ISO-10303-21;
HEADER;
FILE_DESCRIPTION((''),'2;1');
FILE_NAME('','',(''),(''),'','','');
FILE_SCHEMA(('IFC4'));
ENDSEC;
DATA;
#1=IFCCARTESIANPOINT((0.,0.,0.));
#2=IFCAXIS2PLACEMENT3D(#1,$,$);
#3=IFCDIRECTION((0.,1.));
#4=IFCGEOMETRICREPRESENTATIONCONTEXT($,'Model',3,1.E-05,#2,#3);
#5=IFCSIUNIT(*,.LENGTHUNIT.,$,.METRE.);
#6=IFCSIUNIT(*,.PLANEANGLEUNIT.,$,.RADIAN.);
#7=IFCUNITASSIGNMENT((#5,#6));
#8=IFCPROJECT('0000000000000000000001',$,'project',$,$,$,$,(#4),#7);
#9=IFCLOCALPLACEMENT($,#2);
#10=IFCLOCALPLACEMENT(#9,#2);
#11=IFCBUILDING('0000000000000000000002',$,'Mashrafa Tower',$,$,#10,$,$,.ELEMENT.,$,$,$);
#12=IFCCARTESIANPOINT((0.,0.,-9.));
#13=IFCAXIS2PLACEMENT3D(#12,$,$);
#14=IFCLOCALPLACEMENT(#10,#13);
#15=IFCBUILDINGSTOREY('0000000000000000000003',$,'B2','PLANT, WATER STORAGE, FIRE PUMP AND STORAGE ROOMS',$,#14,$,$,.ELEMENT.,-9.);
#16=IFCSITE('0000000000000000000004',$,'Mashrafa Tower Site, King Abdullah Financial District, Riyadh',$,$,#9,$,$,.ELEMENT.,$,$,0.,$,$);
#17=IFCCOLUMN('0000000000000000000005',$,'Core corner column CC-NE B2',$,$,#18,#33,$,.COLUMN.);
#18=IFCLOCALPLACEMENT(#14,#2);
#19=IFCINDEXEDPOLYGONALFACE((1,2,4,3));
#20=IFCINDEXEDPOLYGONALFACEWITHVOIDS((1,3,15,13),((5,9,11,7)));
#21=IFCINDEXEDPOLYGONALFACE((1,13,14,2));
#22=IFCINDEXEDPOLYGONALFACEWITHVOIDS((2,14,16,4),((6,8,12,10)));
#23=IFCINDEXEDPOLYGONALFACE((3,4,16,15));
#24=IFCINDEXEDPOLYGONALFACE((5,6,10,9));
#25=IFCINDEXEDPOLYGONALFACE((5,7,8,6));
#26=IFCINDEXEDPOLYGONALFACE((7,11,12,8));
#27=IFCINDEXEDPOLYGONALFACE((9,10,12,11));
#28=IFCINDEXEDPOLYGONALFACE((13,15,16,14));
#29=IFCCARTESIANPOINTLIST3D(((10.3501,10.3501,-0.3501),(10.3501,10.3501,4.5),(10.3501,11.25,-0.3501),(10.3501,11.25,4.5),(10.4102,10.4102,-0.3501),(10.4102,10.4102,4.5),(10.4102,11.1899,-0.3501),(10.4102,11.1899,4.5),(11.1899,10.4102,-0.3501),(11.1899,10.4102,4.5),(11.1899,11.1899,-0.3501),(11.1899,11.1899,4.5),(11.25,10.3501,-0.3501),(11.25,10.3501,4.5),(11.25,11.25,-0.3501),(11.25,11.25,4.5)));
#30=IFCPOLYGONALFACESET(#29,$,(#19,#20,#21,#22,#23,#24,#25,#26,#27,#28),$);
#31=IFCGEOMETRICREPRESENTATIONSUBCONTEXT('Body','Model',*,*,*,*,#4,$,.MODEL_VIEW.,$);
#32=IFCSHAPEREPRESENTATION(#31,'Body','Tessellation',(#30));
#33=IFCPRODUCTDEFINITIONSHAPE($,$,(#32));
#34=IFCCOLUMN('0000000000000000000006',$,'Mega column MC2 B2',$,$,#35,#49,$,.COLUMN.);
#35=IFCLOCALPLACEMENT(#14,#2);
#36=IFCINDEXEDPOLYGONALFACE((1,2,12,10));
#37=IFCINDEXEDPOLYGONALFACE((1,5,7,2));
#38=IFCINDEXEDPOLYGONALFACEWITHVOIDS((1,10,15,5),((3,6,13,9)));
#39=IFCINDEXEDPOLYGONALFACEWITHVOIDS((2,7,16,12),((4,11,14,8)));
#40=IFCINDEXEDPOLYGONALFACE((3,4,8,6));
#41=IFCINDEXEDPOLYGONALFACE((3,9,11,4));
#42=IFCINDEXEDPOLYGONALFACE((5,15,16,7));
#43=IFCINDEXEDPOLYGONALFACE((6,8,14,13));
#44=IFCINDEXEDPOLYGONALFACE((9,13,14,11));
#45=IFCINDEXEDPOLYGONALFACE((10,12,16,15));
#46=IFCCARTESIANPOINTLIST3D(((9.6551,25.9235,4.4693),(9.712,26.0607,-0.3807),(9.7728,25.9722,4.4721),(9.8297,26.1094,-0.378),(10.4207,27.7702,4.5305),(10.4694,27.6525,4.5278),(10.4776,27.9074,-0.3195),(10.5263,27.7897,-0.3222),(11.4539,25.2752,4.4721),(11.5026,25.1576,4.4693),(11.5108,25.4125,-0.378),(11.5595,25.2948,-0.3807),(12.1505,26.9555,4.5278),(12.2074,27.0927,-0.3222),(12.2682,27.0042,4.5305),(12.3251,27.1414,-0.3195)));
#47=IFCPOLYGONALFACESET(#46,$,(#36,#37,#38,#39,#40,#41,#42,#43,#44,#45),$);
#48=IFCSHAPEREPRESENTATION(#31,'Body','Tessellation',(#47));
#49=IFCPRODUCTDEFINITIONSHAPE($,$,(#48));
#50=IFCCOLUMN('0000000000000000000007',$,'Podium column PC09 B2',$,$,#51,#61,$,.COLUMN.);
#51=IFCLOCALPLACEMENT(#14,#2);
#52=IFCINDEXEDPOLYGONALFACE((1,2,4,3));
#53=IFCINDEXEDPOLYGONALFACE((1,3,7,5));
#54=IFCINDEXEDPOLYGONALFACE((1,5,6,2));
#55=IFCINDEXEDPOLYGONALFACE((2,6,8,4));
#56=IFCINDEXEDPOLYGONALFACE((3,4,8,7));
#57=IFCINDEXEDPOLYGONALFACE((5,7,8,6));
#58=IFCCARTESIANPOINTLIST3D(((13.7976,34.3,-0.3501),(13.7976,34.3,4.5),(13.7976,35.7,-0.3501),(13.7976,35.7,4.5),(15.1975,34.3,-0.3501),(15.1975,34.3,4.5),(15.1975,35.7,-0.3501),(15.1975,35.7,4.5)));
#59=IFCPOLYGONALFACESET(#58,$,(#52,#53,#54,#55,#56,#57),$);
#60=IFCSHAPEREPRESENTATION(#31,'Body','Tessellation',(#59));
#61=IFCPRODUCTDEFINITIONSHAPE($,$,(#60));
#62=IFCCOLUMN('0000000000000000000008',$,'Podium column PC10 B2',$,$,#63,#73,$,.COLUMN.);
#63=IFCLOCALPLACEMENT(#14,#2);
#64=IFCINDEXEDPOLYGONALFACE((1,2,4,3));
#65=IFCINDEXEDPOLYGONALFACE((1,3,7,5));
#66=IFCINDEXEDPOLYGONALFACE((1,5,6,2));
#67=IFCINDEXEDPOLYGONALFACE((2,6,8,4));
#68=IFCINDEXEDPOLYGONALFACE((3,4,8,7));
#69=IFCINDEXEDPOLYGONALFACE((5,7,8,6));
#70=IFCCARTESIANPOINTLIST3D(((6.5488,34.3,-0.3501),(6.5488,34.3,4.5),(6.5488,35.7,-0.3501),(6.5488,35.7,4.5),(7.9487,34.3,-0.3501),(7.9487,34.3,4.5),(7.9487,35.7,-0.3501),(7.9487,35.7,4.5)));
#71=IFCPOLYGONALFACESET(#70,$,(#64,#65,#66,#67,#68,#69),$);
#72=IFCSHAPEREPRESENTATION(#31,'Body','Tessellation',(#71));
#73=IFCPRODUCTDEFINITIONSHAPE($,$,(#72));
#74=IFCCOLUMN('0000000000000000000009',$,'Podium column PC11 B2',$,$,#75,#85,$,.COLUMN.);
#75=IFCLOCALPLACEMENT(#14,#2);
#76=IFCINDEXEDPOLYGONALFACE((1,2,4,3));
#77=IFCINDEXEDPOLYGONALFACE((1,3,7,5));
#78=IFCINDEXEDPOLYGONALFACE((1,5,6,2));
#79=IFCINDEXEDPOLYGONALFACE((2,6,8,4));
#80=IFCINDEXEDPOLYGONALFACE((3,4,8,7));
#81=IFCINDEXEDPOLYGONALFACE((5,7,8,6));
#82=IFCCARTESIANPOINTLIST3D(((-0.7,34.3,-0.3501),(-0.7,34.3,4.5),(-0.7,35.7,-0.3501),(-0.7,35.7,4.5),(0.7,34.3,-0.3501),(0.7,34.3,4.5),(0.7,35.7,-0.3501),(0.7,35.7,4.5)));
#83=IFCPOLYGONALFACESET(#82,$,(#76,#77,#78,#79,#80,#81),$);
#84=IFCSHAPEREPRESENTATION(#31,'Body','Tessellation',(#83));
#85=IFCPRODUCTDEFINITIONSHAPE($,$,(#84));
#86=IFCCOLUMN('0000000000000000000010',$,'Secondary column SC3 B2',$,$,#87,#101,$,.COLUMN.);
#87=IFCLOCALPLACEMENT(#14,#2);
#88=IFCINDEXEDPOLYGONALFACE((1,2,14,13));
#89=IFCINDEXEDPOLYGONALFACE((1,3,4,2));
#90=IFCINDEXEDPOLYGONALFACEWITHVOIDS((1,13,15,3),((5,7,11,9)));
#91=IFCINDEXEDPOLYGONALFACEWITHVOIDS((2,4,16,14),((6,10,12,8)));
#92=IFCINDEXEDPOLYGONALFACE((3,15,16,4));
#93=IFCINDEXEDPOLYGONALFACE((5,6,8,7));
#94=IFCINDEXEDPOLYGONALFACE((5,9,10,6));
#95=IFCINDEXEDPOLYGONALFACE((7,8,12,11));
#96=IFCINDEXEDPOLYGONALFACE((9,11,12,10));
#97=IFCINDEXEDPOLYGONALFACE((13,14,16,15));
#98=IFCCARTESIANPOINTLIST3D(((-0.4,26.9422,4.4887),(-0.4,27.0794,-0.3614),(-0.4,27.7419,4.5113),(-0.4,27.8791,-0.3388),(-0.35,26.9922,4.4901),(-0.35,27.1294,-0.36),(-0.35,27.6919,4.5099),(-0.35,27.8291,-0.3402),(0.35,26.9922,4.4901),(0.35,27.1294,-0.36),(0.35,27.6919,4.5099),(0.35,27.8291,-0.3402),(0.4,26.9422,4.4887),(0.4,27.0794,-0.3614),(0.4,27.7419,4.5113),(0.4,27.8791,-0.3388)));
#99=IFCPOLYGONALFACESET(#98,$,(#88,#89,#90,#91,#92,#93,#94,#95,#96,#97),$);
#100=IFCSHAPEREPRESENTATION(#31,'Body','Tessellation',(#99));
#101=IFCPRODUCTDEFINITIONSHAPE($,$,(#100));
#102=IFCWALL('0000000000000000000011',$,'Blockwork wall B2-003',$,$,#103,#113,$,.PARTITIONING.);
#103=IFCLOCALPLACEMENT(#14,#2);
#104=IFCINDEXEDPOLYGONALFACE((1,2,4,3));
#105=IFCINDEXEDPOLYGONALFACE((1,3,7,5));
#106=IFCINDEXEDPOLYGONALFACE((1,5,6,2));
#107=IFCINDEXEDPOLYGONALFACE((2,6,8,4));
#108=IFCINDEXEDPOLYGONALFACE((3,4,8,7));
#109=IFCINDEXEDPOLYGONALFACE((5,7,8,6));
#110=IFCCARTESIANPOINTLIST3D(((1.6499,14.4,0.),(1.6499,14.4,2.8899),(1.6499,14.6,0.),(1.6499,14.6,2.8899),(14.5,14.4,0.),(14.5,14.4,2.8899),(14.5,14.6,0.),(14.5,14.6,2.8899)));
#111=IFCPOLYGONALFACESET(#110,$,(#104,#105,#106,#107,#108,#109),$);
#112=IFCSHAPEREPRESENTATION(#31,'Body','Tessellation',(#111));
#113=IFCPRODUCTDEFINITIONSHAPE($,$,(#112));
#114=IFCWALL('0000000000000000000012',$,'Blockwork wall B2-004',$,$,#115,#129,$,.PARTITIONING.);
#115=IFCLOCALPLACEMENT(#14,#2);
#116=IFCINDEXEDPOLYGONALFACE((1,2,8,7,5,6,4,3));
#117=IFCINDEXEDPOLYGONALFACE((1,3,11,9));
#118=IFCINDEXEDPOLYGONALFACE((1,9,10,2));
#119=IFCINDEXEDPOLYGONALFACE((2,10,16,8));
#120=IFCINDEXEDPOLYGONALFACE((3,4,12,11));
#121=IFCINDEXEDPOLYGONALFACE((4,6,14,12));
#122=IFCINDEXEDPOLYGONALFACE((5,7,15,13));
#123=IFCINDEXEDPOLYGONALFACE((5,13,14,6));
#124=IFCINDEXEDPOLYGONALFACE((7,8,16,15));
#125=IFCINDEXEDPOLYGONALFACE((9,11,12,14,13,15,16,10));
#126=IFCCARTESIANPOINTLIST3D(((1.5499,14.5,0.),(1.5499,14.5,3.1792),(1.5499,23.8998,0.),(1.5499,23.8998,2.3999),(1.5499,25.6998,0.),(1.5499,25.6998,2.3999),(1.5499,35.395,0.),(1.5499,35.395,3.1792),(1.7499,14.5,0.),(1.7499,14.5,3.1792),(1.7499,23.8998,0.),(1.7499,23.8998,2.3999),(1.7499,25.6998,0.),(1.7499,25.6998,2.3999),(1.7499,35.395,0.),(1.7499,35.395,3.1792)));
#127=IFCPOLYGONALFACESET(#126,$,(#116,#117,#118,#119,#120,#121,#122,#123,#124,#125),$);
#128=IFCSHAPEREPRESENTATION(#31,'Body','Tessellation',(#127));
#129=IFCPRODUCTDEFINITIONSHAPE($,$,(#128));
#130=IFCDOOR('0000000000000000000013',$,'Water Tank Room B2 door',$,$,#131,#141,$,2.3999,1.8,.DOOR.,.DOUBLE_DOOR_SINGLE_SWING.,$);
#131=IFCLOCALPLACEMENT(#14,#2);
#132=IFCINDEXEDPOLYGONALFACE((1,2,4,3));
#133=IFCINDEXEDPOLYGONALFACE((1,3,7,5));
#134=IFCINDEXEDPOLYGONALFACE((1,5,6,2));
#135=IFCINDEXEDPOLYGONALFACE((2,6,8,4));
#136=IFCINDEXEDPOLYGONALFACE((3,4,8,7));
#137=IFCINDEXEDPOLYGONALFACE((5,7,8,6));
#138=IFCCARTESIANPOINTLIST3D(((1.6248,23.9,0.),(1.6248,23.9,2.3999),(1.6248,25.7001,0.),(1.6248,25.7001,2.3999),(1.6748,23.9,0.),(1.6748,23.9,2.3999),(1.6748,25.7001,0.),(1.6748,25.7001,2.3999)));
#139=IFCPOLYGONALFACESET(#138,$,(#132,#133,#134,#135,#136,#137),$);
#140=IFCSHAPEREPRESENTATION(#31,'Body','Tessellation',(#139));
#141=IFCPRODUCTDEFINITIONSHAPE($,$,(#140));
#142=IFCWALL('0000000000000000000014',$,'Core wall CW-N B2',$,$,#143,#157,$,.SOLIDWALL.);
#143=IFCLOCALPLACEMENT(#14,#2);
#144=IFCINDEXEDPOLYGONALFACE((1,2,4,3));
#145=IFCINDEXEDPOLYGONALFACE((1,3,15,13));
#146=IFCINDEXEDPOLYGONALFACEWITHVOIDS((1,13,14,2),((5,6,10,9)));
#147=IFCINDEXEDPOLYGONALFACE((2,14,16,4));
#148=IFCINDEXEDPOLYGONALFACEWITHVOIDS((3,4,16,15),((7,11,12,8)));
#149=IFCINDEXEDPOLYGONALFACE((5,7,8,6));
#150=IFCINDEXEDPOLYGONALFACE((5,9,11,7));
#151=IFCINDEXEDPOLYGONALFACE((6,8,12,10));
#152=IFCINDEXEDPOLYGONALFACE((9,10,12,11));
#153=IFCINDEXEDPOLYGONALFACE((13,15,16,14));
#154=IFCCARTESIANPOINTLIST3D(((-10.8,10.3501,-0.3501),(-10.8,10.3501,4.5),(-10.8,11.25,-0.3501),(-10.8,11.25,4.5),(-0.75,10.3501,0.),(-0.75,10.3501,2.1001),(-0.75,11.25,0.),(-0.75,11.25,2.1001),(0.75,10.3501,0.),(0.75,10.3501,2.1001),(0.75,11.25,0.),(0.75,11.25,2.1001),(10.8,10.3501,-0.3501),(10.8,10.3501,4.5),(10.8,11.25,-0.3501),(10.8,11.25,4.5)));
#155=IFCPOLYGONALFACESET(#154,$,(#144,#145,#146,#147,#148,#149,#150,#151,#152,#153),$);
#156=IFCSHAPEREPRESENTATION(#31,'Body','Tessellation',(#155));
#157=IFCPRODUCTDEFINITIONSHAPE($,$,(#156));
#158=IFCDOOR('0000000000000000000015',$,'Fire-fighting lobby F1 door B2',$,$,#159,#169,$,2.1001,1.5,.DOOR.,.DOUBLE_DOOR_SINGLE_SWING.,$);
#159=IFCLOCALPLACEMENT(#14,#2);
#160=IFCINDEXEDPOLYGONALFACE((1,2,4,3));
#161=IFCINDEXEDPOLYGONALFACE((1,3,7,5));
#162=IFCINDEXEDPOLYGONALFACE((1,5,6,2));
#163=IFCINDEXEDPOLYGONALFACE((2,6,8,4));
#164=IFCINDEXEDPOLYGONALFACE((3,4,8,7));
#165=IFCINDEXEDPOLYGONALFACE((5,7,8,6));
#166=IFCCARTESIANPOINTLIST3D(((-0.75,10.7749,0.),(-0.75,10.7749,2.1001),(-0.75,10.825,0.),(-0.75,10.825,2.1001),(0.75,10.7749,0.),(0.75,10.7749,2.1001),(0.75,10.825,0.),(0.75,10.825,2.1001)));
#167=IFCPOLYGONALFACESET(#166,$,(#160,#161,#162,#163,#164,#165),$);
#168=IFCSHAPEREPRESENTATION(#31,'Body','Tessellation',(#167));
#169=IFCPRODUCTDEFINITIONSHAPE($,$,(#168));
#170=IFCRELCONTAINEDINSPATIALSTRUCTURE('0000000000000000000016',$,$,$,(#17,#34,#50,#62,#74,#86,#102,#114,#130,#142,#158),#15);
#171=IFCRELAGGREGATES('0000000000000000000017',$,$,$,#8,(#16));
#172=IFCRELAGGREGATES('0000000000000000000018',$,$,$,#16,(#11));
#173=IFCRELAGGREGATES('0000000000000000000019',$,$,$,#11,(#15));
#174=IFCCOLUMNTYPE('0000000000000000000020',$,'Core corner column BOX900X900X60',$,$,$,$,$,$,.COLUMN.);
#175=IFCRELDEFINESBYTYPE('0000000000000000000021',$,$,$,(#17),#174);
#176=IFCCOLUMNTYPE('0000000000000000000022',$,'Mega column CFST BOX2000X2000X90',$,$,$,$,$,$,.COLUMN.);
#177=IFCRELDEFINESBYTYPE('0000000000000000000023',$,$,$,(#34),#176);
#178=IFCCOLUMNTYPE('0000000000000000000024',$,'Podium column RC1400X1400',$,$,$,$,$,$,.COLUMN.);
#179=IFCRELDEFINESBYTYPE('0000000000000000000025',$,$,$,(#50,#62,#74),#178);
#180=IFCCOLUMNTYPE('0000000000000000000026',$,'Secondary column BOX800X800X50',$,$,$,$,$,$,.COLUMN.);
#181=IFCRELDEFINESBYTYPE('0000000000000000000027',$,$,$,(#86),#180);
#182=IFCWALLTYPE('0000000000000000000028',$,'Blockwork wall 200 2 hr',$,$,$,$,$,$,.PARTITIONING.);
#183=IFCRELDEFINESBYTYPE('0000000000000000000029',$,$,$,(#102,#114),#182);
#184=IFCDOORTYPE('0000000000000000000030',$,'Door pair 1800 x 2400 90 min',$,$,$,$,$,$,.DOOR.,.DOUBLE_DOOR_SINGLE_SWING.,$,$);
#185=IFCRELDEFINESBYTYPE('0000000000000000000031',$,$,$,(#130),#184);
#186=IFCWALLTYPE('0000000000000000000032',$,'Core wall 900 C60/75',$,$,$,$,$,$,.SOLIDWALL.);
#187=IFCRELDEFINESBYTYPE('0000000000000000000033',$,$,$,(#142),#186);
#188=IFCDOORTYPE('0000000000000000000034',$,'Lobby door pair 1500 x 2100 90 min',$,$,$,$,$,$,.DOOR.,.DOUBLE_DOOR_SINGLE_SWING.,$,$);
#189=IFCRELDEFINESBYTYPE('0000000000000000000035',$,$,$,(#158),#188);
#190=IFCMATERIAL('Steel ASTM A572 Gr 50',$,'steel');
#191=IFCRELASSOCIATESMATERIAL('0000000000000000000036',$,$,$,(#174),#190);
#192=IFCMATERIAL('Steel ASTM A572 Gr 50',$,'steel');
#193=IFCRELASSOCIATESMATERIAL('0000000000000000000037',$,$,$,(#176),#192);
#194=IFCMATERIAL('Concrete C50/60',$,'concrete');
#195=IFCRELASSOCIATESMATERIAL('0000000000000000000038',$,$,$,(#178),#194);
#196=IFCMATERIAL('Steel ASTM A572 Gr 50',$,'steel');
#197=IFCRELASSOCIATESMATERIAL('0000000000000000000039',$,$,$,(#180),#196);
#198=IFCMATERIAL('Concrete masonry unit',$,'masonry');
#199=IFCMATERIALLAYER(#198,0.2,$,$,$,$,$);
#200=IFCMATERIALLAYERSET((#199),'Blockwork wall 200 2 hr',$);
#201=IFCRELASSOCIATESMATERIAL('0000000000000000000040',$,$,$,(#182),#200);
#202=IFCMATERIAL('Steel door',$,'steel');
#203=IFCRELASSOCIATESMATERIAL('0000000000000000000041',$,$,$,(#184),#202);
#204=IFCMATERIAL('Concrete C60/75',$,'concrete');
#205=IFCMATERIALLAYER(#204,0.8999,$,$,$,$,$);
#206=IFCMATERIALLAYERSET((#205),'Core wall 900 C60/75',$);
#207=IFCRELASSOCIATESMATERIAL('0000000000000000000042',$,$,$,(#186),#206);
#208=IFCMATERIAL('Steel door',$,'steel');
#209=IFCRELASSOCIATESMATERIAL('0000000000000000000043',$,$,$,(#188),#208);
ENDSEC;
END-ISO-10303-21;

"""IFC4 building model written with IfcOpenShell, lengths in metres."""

from ifc_helpers import new_model, si_unit, direction, frame, frame_2d, origin, origin_2d, place, context, subcontext, project, spatial, rectangle, hollow_rectangle, extrude, material, layer, layer_set, material_profile, profile_set, type_object, element, fill, save


model = new_model("IFC4")

# Units and contexts
model_context = context("Model", 3, precision=1e-05, world=origin(), true_north=direction((0.0, 1.0)))
body_context = subcontext(model_context, "Body", "Model", "MODEL_VIEW")
ifc_project = project(units=[si_unit("LENGTHUNIT", "METRE"), si_unit("PLANEANGLEUNIT", "RADIAN")], contexts=[model_context])

# Site, building, storey
site_placement = place(None, origin())
site = spatial("IfcSite", under=ifc_project, at=site_placement, Name="Mashrafa Tower Site, King Abdullah Financial District, Riyadh", CompositionType="ELEMENT", RefElevation=0.0)
building_placement = place(site_placement, origin())
building = spatial("IfcBuilding", under=site, at=building_placement, Name="Mashrafa Tower", CompositionType="ELEMENT")
storey_placement = place(building_placement, frame((0.0, 0.0, -9.0)))
storey = spatial("IfcBuildingStorey", under=building, at=storey_placement, Name="B2", Description="PLANT, WATER STORAGE, FIRE PUMP AND STORAGE ROOMS", CompositionType="ELEMENT", Elevation=-9.0)

# Columns
ifc_material_1 = material(Name="Steel ASTM A572 Gr 50", Category="steel")
ifc_material_profile_1 = material_profile(ifc_material_1, hollow_rectangle(XDim=0.8999, YDim=0.8999, WallThickness=0.0601, at=origin_2d()), Name="BOX900X900X60")
ifc_profile_set_1 = profile_set([ifc_material_profile_1], Name="Steel ASTM A572 Gr 50")
column_type_1 = type_object("IfcColumnType", Name="Core corner column BOX900X900X60", PredefinedType="COLUMN", material=ifc_profile_set_1)
column_1_placement = place(storey_placement, frame((10.8, 10.8, -0.3501), z_axis=(0.0, 0.0, 1.0), x_axis=(1.0, 0.0, 0.0)))
element("IfcColumn", 1, at=column_1_placement, inside=storey, type_object=column_type_1, Name="Core corner column CC-NE B2", PredefinedType="COLUMN", context=body_context, shape_type="SweptSolid", body=[
    extrude(hollow_rectangle(XDim=0.8999, YDim=0.8999, WallThickness=0.0601, at=origin_2d()), origin(), (0.0, 0.0, 1.0), 4.8501),
])
ifc_material_2 = material(Name="Steel ASTM A572 Gr 50", Category="steel")
ifc_material_profile_2 = material_profile(ifc_material_2, hollow_rectangle(XDim=2.0, YDim=2.0, WallThickness=0.0901, at=origin_2d()), Name="BOX2000X2000X90")
ifc_profile_set_2 = profile_set([ifc_material_profile_2], Name="Steel ASTM A572 Gr 50")
column_type_2 = type_object("IfcColumnType", Name="Mega column CFST BOX2000X2000X90", PredefinedType="COLUMN", material=ifc_profile_set_2)
column_2_placement = place(storey_placement, frame((11.0186, 26.6011, -0.3501), z_axis=(-0.011723, -0.028276, 0.999531), x_axis=(0.923756, -0.382981, 0.0)))
element("IfcColumn", 2, at=column_2_placement, inside=storey, type_object=column_type_2, Name="Mega column MC2 B2", PredefinedType="COLUMN", context=body_context, shape_type="SweptSolid", body=[
    extrude(hollow_rectangle(XDim=2.0, YDim=2.0, WallThickness=0.0901, at=origin_2d()), origin(), (0.0, 0.0, 1.0), 4.8523),
])
ifc_material_3 = material(Name="Concrete C50/60", Category="concrete")
ifc_material_profile_3 = material_profile(ifc_material_3, rectangle(XDim=1.3999, YDim=1.3999, at=origin_2d()), Name="RC1400X1400")
ifc_profile_set_3 = profile_set([ifc_material_profile_3], Name="Concrete C50/60")
column_type_3 = type_object("IfcColumnType", Name="Podium column RC1400X1400", PredefinedType="COLUMN", material=ifc_profile_set_3)
for number, where, z_axis, x_axis, name in (
    (3, (14.4976, 35.0, -0.3501), (0.0, 0.0, 1.0), (1.0, 0.0, 0.0), "Podium column PC09 B2"),
    (4, (7.2488, 35.0, -0.3501), (0.0, 0.0, 1.0), (1.0, 0.0, 0.0), "Podium column PC10 B2"),
    (5, (0.0, 35.0, -0.3501), (0.0, 0.0, 1.0), (1.0, 0.0, 0.0), "Podium column PC11 B2"),
):
    element("IfcColumn", number, at=place(storey_placement, frame(where, z_axis=z_axis, x_axis=x_axis)), inside=storey, type_object=column_type_3, Name=name, PredefinedType="COLUMN", context=body_context, shape_type="SweptSolid", body=[
        extrude(rectangle(XDim=1.3999, YDim=1.3999, at=origin_2d()), origin(), (0.0, 0.0, 1.0), 4.8501),
    ])
ifc_material_4 = material(Name="Steel ASTM A572 Gr 50", Category="steel")
ifc_material_profile_4 = material_profile(ifc_material_4, hollow_rectangle(XDim=0.8, YDim=0.8, WallThickness=0.05, at=origin_2d()), Name="BOX800X800X50")
ifc_profile_set_4 = profile_set([ifc_material_profile_4], Name="Steel ASTM A572 Gr 50")
column_type_4 = type_object("IfcColumnType", Name="Secondary column BOX800X800X50", PredefinedType="COLUMN", material=ifc_profile_set_4)
column_3_placement = place(storey_placement, frame((0.0, 27.4792, -0.3501), z_axis=(0.0, -0.028278, 0.9996), x_axis=(1.0, 0.0, 0.0)))
element("IfcColumn", 6, at=column_3_placement, inside=storey, type_object=column_type_4, Name="Secondary column SC3 B2", PredefinedType="COLUMN", context=body_context, shape_type="SweptSolid", body=[
    extrude(hollow_rectangle(XDim=0.8, YDim=0.8, WallThickness=0.05, at=origin_2d()), origin(), (0.0, 0.0, 1.0), 4.8521),
])

# Wall
ifc_material_5 = material(Name="Concrete masonry unit", Category="masonry")
ifc_layer_1 = layer(ifc_material_5, 0.2)
ifc_layer_set_1 = layer_set([ifc_layer_1], Name="Blockwork wall 200 2 hr")
wall_type_1 = type_object("IfcWallType", Name="Blockwork wall 200 2 hr", PredefinedType="PARTITIONING", material=ifc_layer_set_1)
wall_1_placement = place(storey_placement, frame((14.5, 14.5, 0.0), z_axis=(0.0, 0.0, 1.0), x_axis=(-1.0, 0.0, 0.0)))
element("IfcWall", 7, at=wall_1_placement, inside=storey, type_object=wall_type_1, Name="Blockwork wall B2-003", PredefinedType="PARTITIONING", context=body_context, shape_type="SweptSolid", body=[
    extrude(rectangle(XDim=12.8501, YDim=0.2, at=frame_2d((6.425, 0.0))), origin(), (0.0, 0.0, 1.0), 2.8899),
])

# Walls, openings, doors
wall_2_placement = place(storey_placement, frame((1.6499, 14.5, 0.0), z_axis=(0.0, 0.0, 1.0), x_axis=(0.0, 1.0, 0.0)))
wall_2 = element("IfcWall", 8, at=wall_2_placement, inside=storey, type_object=wall_type_1, Name="Blockwork wall B2-004", PredefinedType="PARTITIONING", context=body_context, shape_type="SweptSolid", body=[
    extrude(rectangle(XDim=20.895, YDim=0.2, at=frame_2d((10.4475, 0.0))), origin(), (0.0, 0.0, 1.0), 3.1792),
])
opening_1_placement = place(wall_2_placement, frame((9.3999, 0.0, 0.0)))
opening_1 = element("IfcOpeningElement", 9, at=opening_1_placement, cuts=wall_2, PredefinedType="OPENING", context=body_context, shape_type="SweptSolid", body=[
    extrude(rectangle(XDim=1.8, YDim=2.3999, at=frame_2d((0.8999, 1.2))), frame((0.0, 0.1099, 0.0), z_axis=(0.0, -1.0, 0.0), x_axis=(1.0, 0.0, 0.0)), (0.0, 0.0, 1.0), 0.22),
])
ifc_material_6 = material(Name="Steel door", Category="steel")
door_type_1 = type_object("IfcDoorType", Name="Door pair 1800 x 2400 90 min", OperationType="DOUBLE_DOOR_SINGLE_SWING", PredefinedType="DOOR", material=ifc_material_6)
door_1_placement = place(opening_1_placement, frame((1.8, 0.0, 0.0), z_axis=(0.0, 0.0, 1.0), x_axis=(-1.0, 0.0, 0.0)))
door_1 = element("IfcDoor", 10, at=door_1_placement, inside=storey, type_object=door_type_1, Name="Water Tank Room B2 door", OperationType="DOUBLE_DOOR_SINGLE_SWING", OverallHeight=2.3999, OverallWidth=1.8, PredefinedType="DOOR", context=body_context, shape_type="SweptSolid", body=[
    extrude(rectangle(XDim=1.8, YDim=2.3999, at=frame_2d((0.8999, 1.2))), frame((0.0, 0.0249, 0.0), z_axis=(0.0, -1.0, 0.0), x_axis=(1.0, 0.0, 0.0)), (0.0, 0.0, 1.0), 0.05),
])
fill(opening_1, door_1)
ifc_material_7 = material(Name="Concrete C60/75", Category="concrete")
ifc_layer_2 = layer(ifc_material_7, 0.8999)
ifc_layer_set_2 = layer_set([ifc_layer_2], Name="Core wall 900 C60/75")
wall_type_2 = type_object("IfcWallType", Name="Core wall 900 C60/75", PredefinedType="SOLIDWALL", material=ifc_layer_set_2)
wall_3_placement = place(storey_placement, frame((10.8, 10.8, -0.3501), z_axis=(0.0, 0.0, 1.0), x_axis=(-1.0, 0.0, 0.0)))
wall_3 = element("IfcWall", 11, at=wall_3_placement, inside=storey, type_object=wall_type_2, Name="Core wall CW-N B2", PredefinedType="SOLIDWALL", context=body_context, shape_type="SweptSolid", body=[
    extrude(rectangle(XDim=21.6001, YDim=0.8999, at=frame_2d((10.8, 0.0))), origin(), (0.0, 0.0, 1.0), 4.8501),
])
opening_2_placement = place(wall_3_placement, frame((10.05, 0.0, 0.3501)))
opening_2 = element("IfcOpeningElement", 12, at=opening_2_placement, cuts=wall_3, PredefinedType="OPENING", context=body_context, shape_type="SweptSolid", body=[
    extrude(rectangle(XDim=1.5, YDim=2.1001, at=frame_2d((0.75, 1.05))), frame((0.0, 0.46, 0.0), z_axis=(0.0, -1.0, 0.0), x_axis=(1.0, 0.0, 0.0)), (0.0, 0.0, 1.0), 0.9199),
])
ifc_material_8 = material(Name="Steel door", Category="steel")
door_type_2 = type_object("IfcDoorType", Name="Lobby door pair 1500 x 2100 90 min", OperationType="DOUBLE_DOOR_SINGLE_SWING", PredefinedType="DOOR", material=ifc_material_8)
door_2_placement = place(opening_2_placement, frame((1.5, 0.0, 0.0), z_axis=(0.0, 0.0, 1.0), x_axis=(-1.0, 0.0, 0.0)))
door_2 = element("IfcDoor", 13, at=door_2_placement, inside=storey, type_object=door_type_2, Name="Fire-fighting lobby F1 door B2", OperationType="DOUBLE_DOOR_SINGLE_SWING", OverallHeight=2.1001, OverallWidth=1.5, PredefinedType="DOOR", context=body_context, shape_type="SweptSolid", body=[
    extrude(rectangle(XDim=1.5, YDim=2.1001, at=frame_2d((0.75, 1.05))), frame((0.0, 0.0249, 0.0), z_axis=(0.0, -1.0, 0.0), x_axis=(1.0, 0.0, 0.0)), (0.0, 0.0, 1.0), 0.05),
])
fill(opening_2, door_2)

save(model, "model.ifc")
